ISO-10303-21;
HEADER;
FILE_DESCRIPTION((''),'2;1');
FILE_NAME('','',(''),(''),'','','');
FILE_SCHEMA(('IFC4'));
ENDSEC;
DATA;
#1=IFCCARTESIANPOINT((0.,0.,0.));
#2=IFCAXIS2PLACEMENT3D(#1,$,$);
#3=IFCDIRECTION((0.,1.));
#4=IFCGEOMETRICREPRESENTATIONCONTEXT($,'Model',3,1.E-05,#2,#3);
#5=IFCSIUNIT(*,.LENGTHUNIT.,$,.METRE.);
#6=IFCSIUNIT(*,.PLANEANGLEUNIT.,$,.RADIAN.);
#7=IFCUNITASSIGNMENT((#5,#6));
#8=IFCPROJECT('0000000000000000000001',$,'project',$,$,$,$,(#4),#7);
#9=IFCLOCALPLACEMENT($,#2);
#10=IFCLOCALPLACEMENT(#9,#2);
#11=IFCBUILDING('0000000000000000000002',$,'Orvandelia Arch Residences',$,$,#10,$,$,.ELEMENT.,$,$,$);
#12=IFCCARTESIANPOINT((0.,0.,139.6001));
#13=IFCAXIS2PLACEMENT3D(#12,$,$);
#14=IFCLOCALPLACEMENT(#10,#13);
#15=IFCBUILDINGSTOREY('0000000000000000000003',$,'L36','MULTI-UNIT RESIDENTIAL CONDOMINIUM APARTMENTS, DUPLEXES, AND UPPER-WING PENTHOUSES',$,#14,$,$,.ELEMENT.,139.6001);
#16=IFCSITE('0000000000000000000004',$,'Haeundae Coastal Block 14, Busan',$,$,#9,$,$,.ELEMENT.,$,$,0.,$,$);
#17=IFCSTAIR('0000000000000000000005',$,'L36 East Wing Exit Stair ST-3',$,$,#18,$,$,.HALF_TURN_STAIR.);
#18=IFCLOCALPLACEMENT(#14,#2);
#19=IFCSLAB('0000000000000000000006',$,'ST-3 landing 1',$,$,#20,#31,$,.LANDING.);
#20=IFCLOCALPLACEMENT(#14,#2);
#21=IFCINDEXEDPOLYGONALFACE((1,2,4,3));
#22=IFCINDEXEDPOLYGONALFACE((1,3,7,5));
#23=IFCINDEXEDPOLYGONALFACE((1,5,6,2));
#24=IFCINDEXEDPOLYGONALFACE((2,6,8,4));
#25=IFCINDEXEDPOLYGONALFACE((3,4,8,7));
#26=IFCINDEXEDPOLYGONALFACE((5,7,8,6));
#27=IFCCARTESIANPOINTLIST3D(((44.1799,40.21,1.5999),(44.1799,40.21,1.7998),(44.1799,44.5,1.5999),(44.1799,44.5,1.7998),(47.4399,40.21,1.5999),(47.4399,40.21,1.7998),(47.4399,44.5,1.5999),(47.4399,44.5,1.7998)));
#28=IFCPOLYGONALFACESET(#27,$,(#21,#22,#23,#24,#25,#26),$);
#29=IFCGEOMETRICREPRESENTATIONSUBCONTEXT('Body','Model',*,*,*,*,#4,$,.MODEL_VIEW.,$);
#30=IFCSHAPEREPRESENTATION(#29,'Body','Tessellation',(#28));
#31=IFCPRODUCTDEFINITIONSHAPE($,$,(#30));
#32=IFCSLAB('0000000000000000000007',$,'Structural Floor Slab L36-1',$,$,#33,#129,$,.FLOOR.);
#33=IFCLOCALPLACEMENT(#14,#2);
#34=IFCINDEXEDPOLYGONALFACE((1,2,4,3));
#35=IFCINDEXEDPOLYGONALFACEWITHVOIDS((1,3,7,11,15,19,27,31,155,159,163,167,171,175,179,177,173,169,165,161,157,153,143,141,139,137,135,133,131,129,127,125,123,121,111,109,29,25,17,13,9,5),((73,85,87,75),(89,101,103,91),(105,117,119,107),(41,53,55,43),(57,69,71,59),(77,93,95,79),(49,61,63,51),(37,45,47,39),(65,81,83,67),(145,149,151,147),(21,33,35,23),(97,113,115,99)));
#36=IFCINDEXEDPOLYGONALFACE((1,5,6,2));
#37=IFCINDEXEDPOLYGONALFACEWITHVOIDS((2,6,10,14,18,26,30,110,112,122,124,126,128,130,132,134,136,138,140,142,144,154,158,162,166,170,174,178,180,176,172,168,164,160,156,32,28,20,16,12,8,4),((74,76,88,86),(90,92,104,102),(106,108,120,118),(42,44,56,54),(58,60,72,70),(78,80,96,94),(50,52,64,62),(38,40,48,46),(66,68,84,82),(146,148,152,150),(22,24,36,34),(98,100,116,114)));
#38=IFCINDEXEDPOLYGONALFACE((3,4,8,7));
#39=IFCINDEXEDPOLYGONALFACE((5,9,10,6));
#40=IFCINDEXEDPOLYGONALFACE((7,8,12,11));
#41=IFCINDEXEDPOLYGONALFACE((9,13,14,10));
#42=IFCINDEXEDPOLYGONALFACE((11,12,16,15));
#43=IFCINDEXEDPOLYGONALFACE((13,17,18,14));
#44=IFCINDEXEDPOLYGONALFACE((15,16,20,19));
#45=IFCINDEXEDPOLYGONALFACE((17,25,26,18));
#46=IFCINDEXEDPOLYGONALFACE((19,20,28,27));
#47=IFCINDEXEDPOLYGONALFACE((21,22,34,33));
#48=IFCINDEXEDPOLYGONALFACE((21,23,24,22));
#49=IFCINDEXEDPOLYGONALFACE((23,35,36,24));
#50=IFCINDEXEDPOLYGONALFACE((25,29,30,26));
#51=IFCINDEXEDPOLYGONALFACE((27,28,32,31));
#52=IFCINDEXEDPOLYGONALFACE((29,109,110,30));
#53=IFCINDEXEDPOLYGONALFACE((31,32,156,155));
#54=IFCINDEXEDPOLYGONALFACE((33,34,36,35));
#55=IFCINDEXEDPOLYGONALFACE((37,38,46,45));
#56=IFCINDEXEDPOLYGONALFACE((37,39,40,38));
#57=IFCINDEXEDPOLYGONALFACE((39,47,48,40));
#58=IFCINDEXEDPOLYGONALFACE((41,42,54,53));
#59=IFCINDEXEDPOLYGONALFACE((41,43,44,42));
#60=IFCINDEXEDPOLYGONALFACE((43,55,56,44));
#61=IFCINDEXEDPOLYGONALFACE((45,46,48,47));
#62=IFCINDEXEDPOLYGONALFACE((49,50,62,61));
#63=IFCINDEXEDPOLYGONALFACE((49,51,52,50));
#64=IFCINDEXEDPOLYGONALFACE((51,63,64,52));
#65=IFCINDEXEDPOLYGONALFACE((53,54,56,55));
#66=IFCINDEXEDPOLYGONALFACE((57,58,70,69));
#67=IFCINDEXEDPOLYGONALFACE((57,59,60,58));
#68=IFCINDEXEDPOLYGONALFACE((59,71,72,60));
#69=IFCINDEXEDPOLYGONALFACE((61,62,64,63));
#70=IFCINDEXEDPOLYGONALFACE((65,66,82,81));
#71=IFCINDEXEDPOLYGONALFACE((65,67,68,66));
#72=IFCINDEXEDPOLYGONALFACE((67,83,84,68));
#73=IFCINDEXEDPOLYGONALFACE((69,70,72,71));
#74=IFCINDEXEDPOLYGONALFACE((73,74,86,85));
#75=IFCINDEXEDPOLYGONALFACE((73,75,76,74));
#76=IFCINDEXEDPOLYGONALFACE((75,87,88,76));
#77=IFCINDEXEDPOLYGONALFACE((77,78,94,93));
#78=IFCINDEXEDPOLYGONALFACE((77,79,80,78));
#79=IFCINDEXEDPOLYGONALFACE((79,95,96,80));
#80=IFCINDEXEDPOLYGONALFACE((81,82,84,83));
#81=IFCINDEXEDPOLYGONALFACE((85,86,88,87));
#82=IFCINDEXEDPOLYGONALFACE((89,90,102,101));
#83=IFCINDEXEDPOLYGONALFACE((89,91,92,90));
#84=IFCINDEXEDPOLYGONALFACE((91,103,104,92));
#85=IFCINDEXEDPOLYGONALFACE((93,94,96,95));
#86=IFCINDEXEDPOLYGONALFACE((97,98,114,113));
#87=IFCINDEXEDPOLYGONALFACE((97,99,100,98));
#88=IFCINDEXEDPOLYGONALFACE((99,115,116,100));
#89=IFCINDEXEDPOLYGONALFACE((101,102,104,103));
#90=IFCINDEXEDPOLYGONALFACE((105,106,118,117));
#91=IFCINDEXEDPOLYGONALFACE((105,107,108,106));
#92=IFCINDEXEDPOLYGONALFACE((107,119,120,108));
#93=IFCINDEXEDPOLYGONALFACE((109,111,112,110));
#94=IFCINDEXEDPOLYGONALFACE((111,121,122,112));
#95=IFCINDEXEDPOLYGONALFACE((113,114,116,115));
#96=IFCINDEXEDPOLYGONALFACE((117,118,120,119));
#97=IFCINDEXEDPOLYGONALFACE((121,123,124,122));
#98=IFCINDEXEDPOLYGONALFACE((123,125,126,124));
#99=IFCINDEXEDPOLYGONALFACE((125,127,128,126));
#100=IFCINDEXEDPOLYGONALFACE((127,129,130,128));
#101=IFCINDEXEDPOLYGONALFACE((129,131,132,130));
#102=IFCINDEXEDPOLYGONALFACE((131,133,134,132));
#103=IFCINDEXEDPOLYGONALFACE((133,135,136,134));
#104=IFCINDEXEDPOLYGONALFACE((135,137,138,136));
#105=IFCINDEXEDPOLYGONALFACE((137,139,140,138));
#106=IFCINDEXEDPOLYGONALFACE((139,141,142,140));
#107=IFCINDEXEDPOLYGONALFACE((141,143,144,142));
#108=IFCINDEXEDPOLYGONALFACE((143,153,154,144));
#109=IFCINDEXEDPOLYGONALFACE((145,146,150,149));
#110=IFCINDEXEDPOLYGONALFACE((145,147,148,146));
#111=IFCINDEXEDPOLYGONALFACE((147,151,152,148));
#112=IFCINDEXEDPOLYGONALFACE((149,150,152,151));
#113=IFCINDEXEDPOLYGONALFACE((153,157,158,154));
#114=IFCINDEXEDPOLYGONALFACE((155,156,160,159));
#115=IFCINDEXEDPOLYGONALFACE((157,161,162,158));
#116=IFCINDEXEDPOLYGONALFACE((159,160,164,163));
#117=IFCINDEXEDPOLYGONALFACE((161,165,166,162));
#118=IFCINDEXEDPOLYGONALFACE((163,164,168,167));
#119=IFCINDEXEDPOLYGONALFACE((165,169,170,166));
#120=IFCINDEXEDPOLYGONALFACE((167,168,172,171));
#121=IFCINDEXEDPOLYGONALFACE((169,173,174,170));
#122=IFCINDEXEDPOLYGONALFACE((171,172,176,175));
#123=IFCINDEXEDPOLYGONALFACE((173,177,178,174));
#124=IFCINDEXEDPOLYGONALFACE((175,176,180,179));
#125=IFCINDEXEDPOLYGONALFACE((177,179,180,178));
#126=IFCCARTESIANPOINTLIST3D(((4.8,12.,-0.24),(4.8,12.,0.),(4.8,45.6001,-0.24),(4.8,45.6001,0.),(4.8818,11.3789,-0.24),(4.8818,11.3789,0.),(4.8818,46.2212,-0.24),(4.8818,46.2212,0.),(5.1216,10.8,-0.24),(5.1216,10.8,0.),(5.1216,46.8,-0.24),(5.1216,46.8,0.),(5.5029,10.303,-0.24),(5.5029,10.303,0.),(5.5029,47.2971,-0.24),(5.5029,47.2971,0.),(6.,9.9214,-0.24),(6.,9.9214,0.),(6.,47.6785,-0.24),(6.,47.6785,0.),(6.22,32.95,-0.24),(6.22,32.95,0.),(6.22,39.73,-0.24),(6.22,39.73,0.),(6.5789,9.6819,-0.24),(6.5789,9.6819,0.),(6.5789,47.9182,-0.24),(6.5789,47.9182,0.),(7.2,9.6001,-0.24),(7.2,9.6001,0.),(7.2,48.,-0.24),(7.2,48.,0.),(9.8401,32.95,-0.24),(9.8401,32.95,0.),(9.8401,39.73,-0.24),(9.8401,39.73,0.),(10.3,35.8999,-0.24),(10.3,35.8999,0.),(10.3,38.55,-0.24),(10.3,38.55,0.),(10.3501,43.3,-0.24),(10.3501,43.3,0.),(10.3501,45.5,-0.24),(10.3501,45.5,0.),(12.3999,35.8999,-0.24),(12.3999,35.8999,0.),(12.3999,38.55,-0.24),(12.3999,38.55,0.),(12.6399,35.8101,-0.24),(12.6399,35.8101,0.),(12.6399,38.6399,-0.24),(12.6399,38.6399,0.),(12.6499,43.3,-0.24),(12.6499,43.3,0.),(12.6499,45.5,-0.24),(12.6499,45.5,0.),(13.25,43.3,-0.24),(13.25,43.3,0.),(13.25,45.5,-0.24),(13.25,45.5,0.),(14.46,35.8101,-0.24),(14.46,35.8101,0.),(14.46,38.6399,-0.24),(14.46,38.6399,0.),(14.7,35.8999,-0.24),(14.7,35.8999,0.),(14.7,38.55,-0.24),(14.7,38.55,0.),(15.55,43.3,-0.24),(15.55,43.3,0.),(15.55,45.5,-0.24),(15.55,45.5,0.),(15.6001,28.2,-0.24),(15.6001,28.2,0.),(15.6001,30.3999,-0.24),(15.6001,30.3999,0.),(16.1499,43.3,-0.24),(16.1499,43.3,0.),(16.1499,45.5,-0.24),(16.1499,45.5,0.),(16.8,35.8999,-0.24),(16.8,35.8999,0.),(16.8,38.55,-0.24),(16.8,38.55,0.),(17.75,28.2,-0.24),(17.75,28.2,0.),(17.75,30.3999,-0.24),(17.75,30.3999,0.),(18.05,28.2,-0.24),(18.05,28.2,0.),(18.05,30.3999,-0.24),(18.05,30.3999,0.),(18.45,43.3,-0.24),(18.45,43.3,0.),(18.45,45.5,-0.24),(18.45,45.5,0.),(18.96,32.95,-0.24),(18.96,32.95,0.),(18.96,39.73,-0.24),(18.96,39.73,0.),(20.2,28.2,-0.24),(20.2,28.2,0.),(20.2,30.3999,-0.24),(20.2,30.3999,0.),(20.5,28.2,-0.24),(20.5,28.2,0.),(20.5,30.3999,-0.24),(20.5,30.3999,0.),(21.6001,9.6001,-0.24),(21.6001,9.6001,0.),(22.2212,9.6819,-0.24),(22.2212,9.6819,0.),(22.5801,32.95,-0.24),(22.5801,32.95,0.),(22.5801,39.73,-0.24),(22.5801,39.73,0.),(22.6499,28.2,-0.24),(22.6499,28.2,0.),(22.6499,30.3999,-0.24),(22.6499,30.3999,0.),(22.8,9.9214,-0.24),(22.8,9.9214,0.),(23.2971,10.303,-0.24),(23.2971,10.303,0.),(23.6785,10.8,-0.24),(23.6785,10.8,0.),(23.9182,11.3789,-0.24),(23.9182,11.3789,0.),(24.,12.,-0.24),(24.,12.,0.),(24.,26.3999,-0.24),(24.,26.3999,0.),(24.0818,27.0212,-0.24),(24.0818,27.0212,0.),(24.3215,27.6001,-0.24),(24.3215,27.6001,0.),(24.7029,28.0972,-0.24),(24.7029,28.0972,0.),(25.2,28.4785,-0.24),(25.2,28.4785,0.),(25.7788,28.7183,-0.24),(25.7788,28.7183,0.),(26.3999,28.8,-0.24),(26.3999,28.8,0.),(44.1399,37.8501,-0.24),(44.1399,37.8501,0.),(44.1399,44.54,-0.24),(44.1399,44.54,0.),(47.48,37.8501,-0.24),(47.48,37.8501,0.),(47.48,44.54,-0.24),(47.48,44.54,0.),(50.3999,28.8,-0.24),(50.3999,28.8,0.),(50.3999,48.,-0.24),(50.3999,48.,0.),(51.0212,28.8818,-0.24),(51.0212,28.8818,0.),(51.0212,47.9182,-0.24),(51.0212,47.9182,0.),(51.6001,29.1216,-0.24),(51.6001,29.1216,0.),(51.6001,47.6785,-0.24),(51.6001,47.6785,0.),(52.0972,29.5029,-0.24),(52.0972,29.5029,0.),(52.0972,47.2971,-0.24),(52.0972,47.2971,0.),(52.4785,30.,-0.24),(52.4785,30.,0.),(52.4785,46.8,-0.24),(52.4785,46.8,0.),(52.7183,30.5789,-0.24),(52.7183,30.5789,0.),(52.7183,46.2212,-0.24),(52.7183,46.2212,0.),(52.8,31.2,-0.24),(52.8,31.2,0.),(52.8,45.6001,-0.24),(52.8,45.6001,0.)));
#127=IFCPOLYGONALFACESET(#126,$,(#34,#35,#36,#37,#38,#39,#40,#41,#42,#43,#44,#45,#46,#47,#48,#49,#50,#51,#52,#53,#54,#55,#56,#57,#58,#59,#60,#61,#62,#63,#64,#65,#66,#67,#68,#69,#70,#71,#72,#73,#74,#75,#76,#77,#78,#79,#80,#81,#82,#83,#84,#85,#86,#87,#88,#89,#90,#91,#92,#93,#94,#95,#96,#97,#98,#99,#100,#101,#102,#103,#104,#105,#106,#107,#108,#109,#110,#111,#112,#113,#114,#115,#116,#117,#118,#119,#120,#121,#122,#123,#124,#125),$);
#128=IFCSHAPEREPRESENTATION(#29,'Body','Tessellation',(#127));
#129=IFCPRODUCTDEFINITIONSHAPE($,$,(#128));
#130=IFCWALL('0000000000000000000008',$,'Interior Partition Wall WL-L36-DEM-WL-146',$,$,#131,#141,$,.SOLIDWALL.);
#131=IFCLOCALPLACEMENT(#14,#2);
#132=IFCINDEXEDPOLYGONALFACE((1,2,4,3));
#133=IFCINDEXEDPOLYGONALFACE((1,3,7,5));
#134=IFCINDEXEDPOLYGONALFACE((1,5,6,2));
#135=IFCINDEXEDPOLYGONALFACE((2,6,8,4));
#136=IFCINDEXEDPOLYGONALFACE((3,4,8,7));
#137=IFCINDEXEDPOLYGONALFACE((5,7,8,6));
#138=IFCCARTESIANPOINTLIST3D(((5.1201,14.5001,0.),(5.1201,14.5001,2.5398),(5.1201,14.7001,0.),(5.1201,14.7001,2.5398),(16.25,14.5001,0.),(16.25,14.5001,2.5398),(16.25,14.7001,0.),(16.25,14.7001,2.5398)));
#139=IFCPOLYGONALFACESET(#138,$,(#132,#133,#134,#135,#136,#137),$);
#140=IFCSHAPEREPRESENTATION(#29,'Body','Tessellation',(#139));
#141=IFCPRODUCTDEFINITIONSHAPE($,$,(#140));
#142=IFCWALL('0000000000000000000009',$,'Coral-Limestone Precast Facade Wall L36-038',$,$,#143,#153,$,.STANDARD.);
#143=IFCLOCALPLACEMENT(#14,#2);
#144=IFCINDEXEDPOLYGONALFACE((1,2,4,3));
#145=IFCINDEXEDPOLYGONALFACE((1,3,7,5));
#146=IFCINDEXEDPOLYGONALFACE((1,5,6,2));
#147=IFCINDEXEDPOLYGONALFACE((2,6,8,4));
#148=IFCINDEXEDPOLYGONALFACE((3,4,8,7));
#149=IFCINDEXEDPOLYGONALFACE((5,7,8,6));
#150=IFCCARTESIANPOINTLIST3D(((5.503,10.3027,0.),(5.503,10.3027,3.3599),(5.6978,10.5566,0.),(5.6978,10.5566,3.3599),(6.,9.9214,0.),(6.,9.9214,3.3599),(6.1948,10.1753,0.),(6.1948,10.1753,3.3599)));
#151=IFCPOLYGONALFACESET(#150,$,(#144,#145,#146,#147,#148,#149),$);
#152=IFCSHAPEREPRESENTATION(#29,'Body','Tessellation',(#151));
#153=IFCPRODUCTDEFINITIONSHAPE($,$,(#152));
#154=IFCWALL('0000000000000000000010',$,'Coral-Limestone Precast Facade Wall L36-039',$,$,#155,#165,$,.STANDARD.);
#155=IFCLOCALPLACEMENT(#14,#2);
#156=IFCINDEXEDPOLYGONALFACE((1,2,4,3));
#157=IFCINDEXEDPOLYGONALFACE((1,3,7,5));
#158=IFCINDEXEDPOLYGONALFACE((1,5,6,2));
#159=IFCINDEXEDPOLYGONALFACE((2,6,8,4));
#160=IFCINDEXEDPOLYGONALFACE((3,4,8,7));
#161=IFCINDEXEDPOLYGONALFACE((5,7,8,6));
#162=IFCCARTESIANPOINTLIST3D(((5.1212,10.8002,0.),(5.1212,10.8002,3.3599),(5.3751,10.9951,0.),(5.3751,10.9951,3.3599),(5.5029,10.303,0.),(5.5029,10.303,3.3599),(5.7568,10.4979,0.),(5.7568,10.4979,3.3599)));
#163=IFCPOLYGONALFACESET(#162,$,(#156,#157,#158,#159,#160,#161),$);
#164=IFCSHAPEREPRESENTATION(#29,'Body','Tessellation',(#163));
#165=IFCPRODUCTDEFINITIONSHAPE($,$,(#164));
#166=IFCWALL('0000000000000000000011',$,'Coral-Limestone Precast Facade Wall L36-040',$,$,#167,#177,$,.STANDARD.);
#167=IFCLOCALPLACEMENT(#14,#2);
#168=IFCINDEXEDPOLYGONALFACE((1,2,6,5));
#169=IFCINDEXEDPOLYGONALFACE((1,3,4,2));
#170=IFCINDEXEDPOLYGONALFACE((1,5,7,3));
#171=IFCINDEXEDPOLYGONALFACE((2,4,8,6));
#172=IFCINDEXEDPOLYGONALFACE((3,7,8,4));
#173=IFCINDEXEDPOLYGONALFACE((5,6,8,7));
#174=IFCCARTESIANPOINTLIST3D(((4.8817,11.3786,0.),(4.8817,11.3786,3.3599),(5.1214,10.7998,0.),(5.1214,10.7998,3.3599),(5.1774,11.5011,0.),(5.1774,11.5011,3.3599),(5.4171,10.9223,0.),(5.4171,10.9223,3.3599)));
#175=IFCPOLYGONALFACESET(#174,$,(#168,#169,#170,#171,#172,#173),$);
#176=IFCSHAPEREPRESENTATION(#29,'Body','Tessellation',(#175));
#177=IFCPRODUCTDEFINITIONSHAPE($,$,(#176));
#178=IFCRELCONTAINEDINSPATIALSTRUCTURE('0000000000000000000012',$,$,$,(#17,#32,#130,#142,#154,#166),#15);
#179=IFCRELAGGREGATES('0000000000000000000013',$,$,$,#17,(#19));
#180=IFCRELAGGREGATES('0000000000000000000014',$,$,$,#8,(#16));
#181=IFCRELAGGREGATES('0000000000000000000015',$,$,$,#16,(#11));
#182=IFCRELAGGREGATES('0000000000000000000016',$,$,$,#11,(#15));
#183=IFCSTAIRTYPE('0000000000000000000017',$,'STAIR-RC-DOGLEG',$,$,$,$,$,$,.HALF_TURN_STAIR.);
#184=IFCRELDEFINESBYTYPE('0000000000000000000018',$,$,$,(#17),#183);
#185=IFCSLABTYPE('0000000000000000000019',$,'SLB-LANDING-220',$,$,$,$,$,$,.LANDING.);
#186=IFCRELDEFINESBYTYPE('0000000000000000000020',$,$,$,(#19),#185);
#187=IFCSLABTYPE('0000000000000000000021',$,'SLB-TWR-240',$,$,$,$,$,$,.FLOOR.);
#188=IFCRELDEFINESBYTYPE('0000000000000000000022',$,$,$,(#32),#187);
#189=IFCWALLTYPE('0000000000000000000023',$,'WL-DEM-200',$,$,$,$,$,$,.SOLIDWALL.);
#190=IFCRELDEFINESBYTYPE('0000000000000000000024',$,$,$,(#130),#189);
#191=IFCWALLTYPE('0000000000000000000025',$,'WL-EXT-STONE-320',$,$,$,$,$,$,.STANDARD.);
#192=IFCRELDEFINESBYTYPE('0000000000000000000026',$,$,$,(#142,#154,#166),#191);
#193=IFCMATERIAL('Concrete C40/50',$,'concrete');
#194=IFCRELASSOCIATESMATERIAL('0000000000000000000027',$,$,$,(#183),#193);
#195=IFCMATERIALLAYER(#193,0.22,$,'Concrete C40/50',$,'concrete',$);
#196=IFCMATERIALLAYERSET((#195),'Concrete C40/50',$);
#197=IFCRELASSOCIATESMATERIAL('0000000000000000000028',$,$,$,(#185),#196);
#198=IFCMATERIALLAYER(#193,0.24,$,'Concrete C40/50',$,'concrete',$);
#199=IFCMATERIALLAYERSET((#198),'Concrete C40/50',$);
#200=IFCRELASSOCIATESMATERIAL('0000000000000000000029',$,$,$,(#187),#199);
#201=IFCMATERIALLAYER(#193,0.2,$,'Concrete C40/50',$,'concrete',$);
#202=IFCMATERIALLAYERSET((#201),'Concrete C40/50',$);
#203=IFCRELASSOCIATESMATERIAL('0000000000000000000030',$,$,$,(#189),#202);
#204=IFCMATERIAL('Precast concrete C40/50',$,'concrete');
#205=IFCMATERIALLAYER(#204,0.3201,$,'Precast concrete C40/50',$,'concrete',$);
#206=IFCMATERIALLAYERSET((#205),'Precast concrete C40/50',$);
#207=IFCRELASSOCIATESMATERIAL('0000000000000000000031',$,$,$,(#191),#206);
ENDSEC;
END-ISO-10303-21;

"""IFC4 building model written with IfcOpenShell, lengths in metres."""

from ifc_helpers import new_model, si_unit, direction, frame, frame_2d, origin, place, context, subcontext, project, spatial, polyline, rectangle, outline, extrude, material, layer, layer_set, type_object, element, aggregate, save


model = new_model("IFC4")

# Units and contexts
model_context = context("Model", 3, precision=1e-05, world=origin(), true_north=direction((0.0, 1.0)))
body_context = subcontext(model_context, "Body", "Model", "MODEL_VIEW")
ifc_project = project(units=[si_unit("LENGTHUNIT", "METRE"), si_unit("PLANEANGLEUNIT", "RADIAN")], contexts=[model_context])

# Site, building, storey
site_placement = place(None, origin())
site = spatial("IfcSite", under=ifc_project, at=site_placement, Name="Haeundae Coastal Block 14, Busan", CompositionType="ELEMENT", RefElevation=0.0)
building_placement = place(site_placement, origin())
building = spatial("IfcBuilding", under=site, at=building_placement, Name="Orvandelia Arch Residences", CompositionType="ELEMENT")
storey_placement = place(building_placement, frame((0.0, 0.0, 139.6001)))
storey = spatial("IfcBuildingStorey", under=building, at=storey_placement, Name="L36", Description="MULTI-UNIT RESIDENTIAL CONDOMINIUM APARTMENTS, DUPLEXES, AND UPPER-WING PENTHOUSES", CompositionType="ELEMENT", Elevation=139.6001)

# Shared definitions
ifc_material_1 = material(Name="Precast concrete C40/50", Category="concrete")

# Stair, slab
ifc_material_2 = material(Name="Concrete C40/50", Category="concrete")
stair_type = type_object("IfcStairType", Name="STAIR-RC-DOGLEG", PredefinedType="HALF_TURN_STAIR", material=ifc_material_2)
ifc_layer_1 = layer(ifc_material_2, 0.22, Name="Concrete C40/50", Category="concrete")
ifc_layer_set_1 = layer_set([ifc_layer_1], Name="Concrete C40/50")
slab_type_1 = type_object("IfcSlabType", Name="SLB-LANDING-220", PredefinedType="LANDING", material=ifc_layer_set_1)
stair_1_placement = place(storey_placement, origin())
stair_1 = element("IfcStair", 1, at=stair_1_placement, inside=storey, type_object=stair_type, Name="L36 East Wing Exit Stair ST-3", PredefinedType="HALF_TURN_STAIR")
slab_1_placement = place(storey_placement, frame((0.0, 0.0, 1.5999)))
slab_1 = element("IfcSlab", 2, at=slab_1_placement, type_object=slab_type_1, Name="ST-3 landing 1", PredefinedType="LANDING", context=body_context, shape_type="SweptSolid", body=[
    extrude(outline(polyline([(47.4399, 40.21), (47.4399, 44.5), (44.1799, 44.5), (44.1799, 40.21), (47.4399, 40.21)])), origin(), (0.0, 0.0, 1.0), 0.2),
])
aggregate(stair_1, [slab_1])

# Slab
ifc_layer_2 = layer(ifc_material_2, 0.24, Name="Concrete C40/50", Category="concrete")
ifc_layer_set_2 = layer_set([ifc_layer_2], Name="Concrete C40/50")
slab_type_2 = type_object("IfcSlabType", Name="SLB-TWR-240", PredefinedType="FLOOR", material=ifc_layer_set_2)
slab_2_placement = place(storey_placement, frame((0.0, 0.0, -0.24)))
element("IfcSlab", 3, at=slab_2_placement, inside=storey, type_object=slab_type_2, Name="Structural Floor Slab L36-1", PredefinedType="FLOOR", context=body_context, shape_type="SweptSolid", body=[
    extrude(outline(polyline([(4.8, 12.0), (4.8818, 11.3789), (5.1216, 10.8), (5.5029, 10.303), (6.0, 9.9214), (6.5789, 9.6819), (7.2, 9.6001), (21.6001, 9.6001), (22.2212, 9.6819), (22.8, 9.9214), (23.2971, 10.303), (23.6785, 10.8), (23.9182, 11.3789), (24.0, 12.0), (24.0, 26.3999), (24.0818, 27.0212), (24.3215, 27.6001), (24.7029, 28.0972), (25.2, 28.4785), (25.7788, 28.7183), (26.3999, 28.8), (50.3999, 28.8), (51.0212, 28.8818), (51.6001, 29.1216), (52.0972, 29.5029), (52.4785, 30.0), (52.7183, 30.5789), (52.8, 31.2), (52.8, 45.6001), (52.7183, 46.2212), (52.4785, 46.8), (52.0972, 47.2971), (51.6001, 47.6785), (51.0212, 47.9182), (50.3999, 48.0), (7.2, 48.0), (6.5789, 47.9182), (6.0, 47.6785), (5.5029, 47.2971), (5.1216, 46.8), (4.8818, 46.2212), (4.8, 45.6001), (4.8, 12.0)]), holes=[polyline([(6.22, 32.95), (9.8401, 32.95), (9.8401, 39.73), (6.22, 39.73), (6.22, 32.95)]), polyline([(18.96, 32.95), (22.5801, 32.95), (22.5801, 39.73), (18.96, 39.73), (18.96, 32.95)]), polyline([(44.1399, 37.8501), (47.48, 37.8501), (47.48, 44.54), (44.1399, 44.54), (44.1399, 37.8501)]), polyline([(12.6399, 35.8101), (14.46, 35.8101), (14.46, 38.6399), (12.6399, 38.6399), (12.6399, 35.8101)]), polyline([(10.3, 35.8999), (12.3999, 35.8999), (12.3999, 38.55), (10.3, 38.55), (10.3, 35.8999)]), polyline([(14.7, 35.8999), (16.8, 35.8999), (16.8, 38.55), (14.7, 38.55), (14.7, 35.8999)]), polyline([(10.3501, 43.3), (12.6499, 43.3), (12.6499, 45.5), (10.3501, 45.5), (10.3501, 43.3)]), polyline([(13.25, 43.3), (15.55, 43.3), (15.55, 45.5), (13.25, 45.5), (13.25, 43.3)]), polyline([(16.1499, 43.3), (18.45, 43.3), (18.45, 45.5), (16.1499, 45.5), (16.1499, 43.3)]), polyline([(15.6001, 28.2), (17.75, 28.2), (17.75, 30.3999), (15.6001, 30.3999), (15.6001, 28.2)]), polyline([(18.05, 28.2), (20.2, 28.2), (20.2, 30.3999), (18.05, 30.3999), (18.05, 28.2)]), polyline([(20.5, 28.2), (22.6499, 28.2), (22.6499, 30.3999), (20.5, 30.3999), (20.5, 28.2)])]), origin(), (0.0, 0.0, 1.0), 0.24),
])

# Walls
ifc_layer_3 = layer(ifc_material_2, 0.2, Name="Concrete C40/50", Category="concrete")
ifc_layer_set_3 = layer_set([ifc_layer_3], Name="Concrete C40/50")
wall_type_1 = type_object("IfcWallType", Name="WL-DEM-200", PredefinedType="SOLIDWALL", material=ifc_layer_set_3)
wall_1_placement = place(storey_placement, frame((5.1201, 14.6001, 0.0), z_axis=(0.0, 0.0, 1.0), x_axis=(1.0, 0.0, 0.0)))
element("IfcWall", 4, at=wall_1_placement, inside=storey, type_object=wall_type_1, Name="Interior Partition Wall WL-L36-DEM-WL-146", PredefinedType="SOLIDWALL", context=body_context, shape_type="SweptSolid", body=[
    extrude(rectangle(XDim=11.1299, YDim=0.2, at=frame_2d((5.5649, 0.0))), origin(), (0.0, 0.0, 1.0), 2.5398),
])
ifc_layer_4 = layer(ifc_material_1, 0.3201, Name="Precast concrete C40/50", Category="concrete")
ifc_layer_set_4 = layer_set([ifc_layer_4], Name="Precast concrete C40/50")
wall_type_2 = type_object("IfcWallType", Name="WL-EXT-STONE-320", PredefinedType="STANDARD", material=ifc_layer_set_4)
wall_2_placement = place(storey_placement, frame((6.0974, 10.0483, 0.0), z_axis=(0.0, 0.0, 1.0), x_axis=(-0.793406, 0.608693, 0.0)))
element("IfcWall", 5, at=wall_2_placement, inside=storey, type_object=wall_type_2, Name="Coral-Limestone Precast Facade Wall L36-038", PredefinedType="STANDARD", context=body_context, shape_type="SweptSolid", body=[
    extrude(rectangle(XDim=0.6265, YDim=0.3201, at=frame_2d((0.3132, 0.0))), origin(), (0.0, 0.0, 1.0), 3.3599),
])
wall_3_placement = place(storey_placement, frame((5.6299, 10.4004, 0.0), z_axis=(0.0, 0.0, 1.0), x_axis=(-0.608939, 0.793217, 0.0)))
element("IfcWall", 6, at=wall_3_placement, inside=storey, type_object=wall_type_2, Name="Coral-Limestone Precast Facade Wall L36-039", PredefinedType="STANDARD", context=body_context, shape_type="SweptSolid", body=[
    extrude(rectangle(XDim=0.6267, YDim=0.3201, at=frame_2d((0.3135, 0.0))), origin(), (0.0, 0.0, 1.0), 3.3599),
])
wall_4_placement = place(storey_placement, frame((5.2693, 10.8611, 0.0), z_axis=(0.0, 0.0, 1.0), x_axis=(-0.38265, 0.923893, 0.0)))
element("IfcWall", 7, at=wall_4_placement, inside=storey, type_object=wall_type_2, Name="Coral-Limestone Precast Facade Wall L36-040", PredefinedType="STANDARD", context=body_context, shape_type="SweptSolid", body=[
    extrude(rectangle(XDim=0.6265, YDim=0.3201, at=frame_2d((0.3132, 0.0))), origin(), (0.0, 0.0, 1.0), 3.3599),
])

save(model, "model.ifc")
